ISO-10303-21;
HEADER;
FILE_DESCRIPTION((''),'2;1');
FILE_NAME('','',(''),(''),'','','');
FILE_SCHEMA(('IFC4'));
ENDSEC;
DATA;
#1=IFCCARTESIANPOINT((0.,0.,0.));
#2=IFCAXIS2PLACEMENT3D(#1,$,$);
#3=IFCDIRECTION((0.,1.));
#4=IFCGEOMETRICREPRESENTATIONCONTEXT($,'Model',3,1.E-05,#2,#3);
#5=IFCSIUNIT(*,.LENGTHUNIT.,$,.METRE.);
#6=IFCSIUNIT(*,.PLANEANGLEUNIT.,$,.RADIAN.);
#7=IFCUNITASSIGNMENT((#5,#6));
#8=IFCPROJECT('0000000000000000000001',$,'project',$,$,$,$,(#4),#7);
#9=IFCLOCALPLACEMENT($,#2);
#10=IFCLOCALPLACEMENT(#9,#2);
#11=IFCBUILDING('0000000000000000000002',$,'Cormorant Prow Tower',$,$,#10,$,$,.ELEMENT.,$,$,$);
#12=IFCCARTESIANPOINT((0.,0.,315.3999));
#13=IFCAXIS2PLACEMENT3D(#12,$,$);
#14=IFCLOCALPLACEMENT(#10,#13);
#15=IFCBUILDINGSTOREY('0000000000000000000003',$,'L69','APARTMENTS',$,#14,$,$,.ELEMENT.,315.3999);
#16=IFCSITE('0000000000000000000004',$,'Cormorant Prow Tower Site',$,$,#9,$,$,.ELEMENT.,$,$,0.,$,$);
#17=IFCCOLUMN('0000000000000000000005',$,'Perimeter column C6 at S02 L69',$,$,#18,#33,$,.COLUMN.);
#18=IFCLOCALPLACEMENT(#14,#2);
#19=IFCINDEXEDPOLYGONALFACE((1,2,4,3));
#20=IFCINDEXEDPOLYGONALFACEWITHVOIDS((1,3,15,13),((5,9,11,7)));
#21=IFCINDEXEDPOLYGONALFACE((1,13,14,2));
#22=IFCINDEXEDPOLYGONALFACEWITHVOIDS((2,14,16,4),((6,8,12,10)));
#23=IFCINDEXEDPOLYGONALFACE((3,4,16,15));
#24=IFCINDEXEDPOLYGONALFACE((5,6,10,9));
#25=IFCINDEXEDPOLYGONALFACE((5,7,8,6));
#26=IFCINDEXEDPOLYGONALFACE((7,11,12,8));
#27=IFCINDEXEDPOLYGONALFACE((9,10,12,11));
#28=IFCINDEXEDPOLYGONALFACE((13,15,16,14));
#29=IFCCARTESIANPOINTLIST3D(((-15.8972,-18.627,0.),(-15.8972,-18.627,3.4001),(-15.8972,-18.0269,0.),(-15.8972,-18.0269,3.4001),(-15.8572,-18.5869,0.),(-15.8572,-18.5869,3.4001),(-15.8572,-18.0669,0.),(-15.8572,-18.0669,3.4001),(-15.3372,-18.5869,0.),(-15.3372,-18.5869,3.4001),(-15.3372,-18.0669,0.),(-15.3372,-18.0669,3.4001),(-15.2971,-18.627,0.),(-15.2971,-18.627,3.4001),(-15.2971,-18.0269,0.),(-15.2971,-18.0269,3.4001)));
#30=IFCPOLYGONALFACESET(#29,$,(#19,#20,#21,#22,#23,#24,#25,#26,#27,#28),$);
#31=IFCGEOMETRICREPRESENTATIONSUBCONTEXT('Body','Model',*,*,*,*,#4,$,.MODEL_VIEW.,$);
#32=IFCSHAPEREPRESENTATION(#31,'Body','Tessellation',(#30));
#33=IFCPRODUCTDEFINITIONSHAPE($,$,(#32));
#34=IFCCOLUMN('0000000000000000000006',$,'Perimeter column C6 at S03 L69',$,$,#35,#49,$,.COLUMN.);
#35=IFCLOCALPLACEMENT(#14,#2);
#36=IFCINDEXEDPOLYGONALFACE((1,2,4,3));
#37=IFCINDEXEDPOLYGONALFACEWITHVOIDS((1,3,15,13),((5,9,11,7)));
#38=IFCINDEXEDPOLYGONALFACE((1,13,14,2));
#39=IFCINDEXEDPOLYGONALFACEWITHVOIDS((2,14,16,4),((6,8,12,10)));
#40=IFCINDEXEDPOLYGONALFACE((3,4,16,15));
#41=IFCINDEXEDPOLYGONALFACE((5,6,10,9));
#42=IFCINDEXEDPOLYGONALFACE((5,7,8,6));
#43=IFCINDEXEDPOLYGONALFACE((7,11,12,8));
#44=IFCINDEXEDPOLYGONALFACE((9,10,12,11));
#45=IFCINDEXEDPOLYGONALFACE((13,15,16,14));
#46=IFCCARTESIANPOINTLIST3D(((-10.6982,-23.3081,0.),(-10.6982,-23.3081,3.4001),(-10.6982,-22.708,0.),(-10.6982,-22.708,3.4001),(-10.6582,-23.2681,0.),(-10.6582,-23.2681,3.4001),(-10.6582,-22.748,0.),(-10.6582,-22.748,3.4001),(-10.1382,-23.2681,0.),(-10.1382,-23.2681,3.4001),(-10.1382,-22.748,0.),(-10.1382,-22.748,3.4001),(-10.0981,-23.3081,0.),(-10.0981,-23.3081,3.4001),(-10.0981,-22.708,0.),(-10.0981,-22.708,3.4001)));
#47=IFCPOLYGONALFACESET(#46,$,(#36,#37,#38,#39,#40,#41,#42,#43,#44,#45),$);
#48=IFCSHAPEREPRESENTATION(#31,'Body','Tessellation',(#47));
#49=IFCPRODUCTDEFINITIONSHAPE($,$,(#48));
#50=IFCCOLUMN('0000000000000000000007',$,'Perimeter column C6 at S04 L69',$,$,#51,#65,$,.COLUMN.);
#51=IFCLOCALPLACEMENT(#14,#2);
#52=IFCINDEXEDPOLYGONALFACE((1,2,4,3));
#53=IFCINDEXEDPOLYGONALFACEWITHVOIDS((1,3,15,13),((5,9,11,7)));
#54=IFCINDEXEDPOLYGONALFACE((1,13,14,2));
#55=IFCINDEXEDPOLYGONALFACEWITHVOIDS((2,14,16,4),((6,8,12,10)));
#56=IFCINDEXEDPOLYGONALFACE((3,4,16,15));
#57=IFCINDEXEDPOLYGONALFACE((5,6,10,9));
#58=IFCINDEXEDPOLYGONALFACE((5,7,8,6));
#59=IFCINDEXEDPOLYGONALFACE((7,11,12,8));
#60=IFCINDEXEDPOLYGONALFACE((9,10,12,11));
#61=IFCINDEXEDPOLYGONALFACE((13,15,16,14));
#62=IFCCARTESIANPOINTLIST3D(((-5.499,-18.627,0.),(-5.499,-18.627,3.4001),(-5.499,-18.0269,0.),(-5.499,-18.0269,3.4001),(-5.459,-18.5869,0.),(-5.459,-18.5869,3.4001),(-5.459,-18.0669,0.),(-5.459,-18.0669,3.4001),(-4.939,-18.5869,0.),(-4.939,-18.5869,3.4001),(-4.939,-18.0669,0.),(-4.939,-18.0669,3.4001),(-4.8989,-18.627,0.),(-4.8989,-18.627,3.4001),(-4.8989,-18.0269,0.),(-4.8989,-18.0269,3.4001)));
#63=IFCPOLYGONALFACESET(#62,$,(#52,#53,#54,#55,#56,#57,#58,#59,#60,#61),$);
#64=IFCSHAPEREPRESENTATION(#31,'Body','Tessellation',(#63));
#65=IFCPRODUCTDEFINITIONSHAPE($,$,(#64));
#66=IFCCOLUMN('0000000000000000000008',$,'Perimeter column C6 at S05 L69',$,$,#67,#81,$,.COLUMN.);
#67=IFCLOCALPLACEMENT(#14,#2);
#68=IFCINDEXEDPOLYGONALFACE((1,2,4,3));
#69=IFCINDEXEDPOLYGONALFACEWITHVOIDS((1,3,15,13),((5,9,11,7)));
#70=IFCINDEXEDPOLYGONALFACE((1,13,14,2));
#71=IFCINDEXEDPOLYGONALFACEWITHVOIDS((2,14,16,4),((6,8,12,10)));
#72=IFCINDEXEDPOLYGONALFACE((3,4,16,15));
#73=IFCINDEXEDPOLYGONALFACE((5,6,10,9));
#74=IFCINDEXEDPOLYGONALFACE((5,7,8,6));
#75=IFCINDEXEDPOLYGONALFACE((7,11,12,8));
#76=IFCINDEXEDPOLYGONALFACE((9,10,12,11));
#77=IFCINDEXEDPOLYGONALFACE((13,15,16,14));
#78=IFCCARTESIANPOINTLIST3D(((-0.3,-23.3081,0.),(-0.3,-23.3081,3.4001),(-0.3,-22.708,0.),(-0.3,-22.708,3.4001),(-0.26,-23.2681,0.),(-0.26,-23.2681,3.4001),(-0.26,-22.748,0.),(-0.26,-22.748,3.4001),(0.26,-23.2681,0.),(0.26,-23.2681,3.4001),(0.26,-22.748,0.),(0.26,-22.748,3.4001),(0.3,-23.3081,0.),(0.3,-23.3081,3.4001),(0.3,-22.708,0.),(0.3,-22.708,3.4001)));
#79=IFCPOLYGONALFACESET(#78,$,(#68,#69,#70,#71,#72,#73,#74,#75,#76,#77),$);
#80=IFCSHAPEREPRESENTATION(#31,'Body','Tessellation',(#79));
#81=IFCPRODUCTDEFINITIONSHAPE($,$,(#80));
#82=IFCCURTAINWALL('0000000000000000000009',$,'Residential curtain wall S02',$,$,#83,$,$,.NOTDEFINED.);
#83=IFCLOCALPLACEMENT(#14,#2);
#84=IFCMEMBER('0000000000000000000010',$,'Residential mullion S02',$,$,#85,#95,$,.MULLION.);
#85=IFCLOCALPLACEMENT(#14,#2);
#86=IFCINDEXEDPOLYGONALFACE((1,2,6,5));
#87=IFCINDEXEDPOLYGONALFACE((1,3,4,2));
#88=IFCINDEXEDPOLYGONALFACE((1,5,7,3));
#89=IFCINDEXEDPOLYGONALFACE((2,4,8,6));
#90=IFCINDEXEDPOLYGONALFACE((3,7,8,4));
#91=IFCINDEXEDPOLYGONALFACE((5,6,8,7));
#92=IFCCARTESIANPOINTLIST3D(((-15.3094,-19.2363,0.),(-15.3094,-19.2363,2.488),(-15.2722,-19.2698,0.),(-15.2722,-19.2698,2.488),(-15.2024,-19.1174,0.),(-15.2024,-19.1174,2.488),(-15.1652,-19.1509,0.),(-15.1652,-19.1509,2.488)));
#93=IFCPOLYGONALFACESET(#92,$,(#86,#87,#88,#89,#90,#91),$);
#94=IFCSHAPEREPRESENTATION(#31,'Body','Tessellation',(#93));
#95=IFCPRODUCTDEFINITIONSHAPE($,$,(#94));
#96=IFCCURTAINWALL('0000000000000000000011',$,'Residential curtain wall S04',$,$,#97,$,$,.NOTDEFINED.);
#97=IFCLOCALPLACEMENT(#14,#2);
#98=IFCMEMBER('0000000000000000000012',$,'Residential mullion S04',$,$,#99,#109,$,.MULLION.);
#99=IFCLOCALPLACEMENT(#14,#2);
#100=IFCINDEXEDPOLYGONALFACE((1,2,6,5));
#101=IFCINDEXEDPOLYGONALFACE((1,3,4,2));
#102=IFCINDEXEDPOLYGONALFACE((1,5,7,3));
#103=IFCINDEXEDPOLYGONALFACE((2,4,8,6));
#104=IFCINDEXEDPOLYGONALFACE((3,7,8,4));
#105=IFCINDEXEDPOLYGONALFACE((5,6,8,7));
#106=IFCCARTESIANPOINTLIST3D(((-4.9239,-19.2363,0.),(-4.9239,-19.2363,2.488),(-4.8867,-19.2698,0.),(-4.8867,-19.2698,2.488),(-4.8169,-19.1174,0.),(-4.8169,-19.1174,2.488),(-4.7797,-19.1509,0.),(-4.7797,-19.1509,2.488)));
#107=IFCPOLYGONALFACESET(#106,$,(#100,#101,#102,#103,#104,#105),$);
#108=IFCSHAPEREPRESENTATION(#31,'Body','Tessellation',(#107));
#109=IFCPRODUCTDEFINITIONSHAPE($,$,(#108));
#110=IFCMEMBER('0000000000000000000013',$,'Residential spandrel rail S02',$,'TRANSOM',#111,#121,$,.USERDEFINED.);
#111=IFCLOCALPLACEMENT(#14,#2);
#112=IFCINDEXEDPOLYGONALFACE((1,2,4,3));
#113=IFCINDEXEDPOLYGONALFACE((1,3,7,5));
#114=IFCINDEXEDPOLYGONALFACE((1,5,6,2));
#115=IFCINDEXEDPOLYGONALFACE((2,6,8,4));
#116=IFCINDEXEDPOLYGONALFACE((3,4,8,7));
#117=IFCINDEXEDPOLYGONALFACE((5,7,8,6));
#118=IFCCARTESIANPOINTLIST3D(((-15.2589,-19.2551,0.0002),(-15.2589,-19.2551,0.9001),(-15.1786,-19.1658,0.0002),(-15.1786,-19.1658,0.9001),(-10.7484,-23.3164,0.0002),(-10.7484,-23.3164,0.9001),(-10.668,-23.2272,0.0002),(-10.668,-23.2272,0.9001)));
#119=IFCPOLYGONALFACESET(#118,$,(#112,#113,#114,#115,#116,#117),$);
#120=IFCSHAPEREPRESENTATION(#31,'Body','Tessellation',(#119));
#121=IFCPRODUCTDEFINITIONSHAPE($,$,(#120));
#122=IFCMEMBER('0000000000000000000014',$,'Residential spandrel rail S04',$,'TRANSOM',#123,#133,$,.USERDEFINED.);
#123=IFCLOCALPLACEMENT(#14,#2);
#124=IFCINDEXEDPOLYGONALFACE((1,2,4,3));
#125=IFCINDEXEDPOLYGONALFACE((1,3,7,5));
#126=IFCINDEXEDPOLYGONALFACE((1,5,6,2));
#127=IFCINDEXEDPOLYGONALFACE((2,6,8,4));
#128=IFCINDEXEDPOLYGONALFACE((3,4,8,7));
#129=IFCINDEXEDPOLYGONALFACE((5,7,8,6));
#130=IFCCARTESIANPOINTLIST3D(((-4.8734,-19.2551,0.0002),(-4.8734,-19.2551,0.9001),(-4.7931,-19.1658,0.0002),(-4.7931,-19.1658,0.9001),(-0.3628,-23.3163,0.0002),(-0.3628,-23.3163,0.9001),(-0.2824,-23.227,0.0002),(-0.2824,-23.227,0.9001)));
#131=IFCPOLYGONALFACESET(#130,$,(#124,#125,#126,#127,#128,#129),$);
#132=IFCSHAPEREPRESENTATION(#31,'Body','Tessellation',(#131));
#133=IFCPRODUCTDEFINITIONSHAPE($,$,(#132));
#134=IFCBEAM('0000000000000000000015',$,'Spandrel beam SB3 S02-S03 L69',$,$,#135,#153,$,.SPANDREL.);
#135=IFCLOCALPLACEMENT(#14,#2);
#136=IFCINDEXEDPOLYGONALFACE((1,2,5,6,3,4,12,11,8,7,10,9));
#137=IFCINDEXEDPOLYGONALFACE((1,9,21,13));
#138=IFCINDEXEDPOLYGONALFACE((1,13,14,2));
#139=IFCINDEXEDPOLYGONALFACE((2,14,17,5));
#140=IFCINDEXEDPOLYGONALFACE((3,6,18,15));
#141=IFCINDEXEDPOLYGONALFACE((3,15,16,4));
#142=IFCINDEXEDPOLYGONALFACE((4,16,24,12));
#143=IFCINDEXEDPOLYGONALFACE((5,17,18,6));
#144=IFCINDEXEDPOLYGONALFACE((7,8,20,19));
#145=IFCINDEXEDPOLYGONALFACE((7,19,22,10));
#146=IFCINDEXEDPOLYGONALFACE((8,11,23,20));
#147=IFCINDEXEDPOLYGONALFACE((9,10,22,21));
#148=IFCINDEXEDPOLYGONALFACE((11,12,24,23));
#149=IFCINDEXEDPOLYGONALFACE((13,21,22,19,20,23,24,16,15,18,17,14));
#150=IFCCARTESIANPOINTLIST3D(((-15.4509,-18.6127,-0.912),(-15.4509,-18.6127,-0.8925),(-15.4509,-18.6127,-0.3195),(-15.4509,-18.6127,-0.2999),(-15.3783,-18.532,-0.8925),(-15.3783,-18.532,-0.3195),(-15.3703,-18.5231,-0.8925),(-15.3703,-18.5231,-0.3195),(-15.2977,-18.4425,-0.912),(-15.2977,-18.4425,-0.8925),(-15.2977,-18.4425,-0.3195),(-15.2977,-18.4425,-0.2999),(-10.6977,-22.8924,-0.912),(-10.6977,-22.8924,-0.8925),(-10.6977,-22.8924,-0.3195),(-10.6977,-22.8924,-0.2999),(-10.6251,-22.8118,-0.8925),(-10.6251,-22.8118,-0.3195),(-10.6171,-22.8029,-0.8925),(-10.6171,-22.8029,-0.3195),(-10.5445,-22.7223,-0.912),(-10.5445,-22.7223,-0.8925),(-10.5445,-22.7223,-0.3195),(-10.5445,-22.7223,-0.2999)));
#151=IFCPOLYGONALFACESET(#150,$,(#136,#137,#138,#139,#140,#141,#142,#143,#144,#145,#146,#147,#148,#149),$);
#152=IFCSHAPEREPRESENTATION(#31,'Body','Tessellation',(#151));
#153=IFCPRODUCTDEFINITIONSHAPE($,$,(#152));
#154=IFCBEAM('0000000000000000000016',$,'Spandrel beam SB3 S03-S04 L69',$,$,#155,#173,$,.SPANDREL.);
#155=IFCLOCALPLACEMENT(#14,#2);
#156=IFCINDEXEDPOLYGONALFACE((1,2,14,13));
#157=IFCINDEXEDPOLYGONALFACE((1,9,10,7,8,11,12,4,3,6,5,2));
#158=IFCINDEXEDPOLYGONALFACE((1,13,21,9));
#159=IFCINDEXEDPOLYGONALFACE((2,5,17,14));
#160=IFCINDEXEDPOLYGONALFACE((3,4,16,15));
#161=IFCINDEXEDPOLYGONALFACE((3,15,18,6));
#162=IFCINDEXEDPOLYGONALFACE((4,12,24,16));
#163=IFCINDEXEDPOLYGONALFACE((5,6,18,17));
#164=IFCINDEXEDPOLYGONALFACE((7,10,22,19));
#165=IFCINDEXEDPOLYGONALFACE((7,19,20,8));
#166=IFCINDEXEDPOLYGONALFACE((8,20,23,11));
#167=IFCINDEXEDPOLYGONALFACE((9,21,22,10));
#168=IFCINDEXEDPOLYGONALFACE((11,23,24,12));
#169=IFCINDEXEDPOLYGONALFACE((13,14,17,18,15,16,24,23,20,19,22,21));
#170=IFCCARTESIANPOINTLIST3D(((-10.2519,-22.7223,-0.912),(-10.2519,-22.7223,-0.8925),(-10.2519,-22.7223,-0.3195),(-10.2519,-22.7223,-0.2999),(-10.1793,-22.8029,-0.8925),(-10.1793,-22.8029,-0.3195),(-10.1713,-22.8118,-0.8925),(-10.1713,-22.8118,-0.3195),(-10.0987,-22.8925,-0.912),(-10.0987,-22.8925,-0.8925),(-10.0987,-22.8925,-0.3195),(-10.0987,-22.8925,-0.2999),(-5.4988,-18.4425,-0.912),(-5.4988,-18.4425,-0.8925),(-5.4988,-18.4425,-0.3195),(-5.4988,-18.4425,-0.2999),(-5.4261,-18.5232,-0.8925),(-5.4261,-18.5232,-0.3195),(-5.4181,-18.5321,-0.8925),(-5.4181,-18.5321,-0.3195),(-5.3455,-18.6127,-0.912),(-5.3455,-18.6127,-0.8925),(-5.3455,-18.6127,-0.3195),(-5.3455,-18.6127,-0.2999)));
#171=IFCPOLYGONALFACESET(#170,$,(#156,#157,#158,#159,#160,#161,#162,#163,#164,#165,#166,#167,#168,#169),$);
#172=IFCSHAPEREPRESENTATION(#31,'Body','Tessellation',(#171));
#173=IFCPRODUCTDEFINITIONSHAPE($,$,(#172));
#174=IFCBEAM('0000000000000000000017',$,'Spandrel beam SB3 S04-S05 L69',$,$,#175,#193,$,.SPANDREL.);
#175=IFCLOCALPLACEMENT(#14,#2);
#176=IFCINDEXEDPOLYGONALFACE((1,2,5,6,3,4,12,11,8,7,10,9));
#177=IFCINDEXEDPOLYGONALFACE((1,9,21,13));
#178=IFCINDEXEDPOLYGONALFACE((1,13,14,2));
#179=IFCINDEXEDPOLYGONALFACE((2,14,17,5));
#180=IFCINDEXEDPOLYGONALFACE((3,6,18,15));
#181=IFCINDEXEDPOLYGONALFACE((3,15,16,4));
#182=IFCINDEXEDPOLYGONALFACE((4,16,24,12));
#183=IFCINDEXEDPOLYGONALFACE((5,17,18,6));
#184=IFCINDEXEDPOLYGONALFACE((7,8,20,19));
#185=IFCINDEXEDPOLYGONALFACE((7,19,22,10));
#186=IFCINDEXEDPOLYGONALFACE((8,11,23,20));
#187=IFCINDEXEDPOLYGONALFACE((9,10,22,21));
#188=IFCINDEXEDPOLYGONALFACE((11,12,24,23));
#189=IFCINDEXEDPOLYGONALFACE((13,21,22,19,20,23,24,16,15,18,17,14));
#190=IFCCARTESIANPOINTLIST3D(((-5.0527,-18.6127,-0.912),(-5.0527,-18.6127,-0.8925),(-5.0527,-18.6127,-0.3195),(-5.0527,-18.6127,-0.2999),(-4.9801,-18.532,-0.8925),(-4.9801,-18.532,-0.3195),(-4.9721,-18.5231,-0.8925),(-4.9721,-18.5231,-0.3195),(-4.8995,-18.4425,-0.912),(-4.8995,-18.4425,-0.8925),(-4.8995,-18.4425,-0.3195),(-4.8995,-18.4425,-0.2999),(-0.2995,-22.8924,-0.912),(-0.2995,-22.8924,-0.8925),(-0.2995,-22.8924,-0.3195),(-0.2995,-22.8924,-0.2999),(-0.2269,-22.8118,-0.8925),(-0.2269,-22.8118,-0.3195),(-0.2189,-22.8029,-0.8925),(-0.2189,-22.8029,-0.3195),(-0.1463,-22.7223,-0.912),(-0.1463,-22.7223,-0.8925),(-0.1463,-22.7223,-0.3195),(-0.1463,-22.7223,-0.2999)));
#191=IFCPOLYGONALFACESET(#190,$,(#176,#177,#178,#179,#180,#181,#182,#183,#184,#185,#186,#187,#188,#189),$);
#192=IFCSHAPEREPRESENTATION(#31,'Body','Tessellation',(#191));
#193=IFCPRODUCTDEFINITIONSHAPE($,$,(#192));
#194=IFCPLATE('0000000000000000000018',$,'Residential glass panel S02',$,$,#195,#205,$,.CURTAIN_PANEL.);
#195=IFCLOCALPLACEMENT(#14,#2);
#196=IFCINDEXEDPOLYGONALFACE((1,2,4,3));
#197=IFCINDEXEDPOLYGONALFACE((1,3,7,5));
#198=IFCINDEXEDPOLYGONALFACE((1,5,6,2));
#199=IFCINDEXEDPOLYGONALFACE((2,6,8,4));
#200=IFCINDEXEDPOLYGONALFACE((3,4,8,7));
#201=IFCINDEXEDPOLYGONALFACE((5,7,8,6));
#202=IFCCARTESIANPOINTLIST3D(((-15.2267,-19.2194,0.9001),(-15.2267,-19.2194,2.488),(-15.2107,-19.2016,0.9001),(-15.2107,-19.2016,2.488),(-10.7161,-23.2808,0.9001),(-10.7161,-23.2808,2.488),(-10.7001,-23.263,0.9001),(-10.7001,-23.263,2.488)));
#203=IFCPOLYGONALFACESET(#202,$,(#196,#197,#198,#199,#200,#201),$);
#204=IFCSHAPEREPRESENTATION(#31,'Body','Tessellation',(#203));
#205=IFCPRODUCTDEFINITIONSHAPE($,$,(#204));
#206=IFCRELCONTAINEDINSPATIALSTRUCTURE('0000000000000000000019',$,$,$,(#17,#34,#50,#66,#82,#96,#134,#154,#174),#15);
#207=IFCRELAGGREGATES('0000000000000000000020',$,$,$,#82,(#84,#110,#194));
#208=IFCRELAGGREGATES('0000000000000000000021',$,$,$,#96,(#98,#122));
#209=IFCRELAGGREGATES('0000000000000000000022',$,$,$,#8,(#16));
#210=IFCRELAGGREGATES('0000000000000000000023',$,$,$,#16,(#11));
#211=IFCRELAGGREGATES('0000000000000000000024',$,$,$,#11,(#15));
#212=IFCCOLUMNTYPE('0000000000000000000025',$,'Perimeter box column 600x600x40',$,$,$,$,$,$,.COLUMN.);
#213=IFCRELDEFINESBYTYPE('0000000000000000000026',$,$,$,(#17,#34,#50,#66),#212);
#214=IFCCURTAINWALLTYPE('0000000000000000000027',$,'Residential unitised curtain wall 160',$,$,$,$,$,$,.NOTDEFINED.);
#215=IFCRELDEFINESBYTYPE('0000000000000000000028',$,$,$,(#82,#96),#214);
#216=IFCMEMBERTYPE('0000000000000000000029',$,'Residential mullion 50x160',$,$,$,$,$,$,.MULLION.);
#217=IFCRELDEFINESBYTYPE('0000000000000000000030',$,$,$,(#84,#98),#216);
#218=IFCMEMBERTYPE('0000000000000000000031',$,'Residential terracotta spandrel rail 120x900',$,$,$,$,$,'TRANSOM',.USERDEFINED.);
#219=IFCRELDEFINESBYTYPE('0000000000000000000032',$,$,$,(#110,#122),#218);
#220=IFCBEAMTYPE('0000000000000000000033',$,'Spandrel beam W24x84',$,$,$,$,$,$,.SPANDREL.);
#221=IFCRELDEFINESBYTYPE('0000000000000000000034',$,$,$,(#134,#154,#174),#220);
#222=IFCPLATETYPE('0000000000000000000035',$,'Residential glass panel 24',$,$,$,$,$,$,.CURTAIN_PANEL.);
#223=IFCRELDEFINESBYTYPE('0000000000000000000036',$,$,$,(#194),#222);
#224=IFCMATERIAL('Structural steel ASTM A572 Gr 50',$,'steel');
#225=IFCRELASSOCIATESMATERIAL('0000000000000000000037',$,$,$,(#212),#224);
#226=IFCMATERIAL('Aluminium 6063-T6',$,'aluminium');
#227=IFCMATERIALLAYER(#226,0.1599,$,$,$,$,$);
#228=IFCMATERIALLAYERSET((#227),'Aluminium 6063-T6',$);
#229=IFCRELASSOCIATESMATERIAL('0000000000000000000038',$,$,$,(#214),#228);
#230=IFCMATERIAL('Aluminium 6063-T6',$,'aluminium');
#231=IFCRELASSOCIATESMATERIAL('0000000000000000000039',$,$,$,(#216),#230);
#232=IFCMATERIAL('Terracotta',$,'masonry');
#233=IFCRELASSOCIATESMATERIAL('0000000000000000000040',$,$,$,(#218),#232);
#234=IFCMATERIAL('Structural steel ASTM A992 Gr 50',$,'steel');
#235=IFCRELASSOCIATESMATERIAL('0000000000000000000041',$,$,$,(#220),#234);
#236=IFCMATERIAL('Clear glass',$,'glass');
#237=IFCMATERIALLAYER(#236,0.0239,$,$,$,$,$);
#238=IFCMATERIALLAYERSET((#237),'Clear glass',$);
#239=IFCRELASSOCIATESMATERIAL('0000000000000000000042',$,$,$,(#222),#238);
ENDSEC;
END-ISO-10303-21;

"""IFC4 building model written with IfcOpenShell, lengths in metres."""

from ifc_helpers import new_model, si_unit, direction, frame, origin, origin_2d, place, context, subcontext, project, spatial, rectangle, hollow_rectangle, i_section, extrude, material, layer, layer_set, material_profile, profile_set, type_object, element, aggregate, save


model = new_model("IFC4")

# Units and contexts
model_context = context("Model", 3, precision=1e-05, world=origin(), true_north=direction((0.0, 1.0)))
body_context = subcontext(model_context, "Body", "Model", "MODEL_VIEW")
ifc_project = project(units=[si_unit("LENGTHUNIT", "METRE"), si_unit("PLANEANGLEUNIT", "RADIAN")], contexts=[model_context])

# Site, building, storey
site_placement = place(None, origin())
site = spatial("IfcSite", under=ifc_project, at=site_placement, Name="Cormorant Prow Tower Site", CompositionType="ELEMENT", RefElevation=0.0)
building_placement = place(site_placement, origin())
building = spatial("IfcBuilding", under=site, at=building_placement, Name="Cormorant Prow Tower", CompositionType="ELEMENT")
storey_placement = place(building_placement, frame((0.0, 0.0, 315.3999)))
storey = spatial("IfcBuildingStorey", under=building, at=storey_placement, Name="L69", Description="APARTMENTS", CompositionType="ELEMENT", Elevation=315.3999)

# Columns
ifc_material_1 = material(Name="Structural steel ASTM A572 Gr 50", Category="steel")
ifc_material_profile_1 = material_profile(ifc_material_1, hollow_rectangle(XDim=0.6001, YDim=0.6001, WallThickness=0.04, at=origin_2d()), Name="Box 600x600x40")
ifc_profile_set_1 = profile_set([ifc_material_profile_1], Name="Structural steel ASTM A572 Gr 50")
column_type = type_object("IfcColumnType", Name="Perimeter box column 600x600x40", PredefinedType="COLUMN", material=ifc_profile_set_1)
for number, where, z_axis, x_axis, name in (
    (1, (-15.5972, -18.3269, 0.0), (0.0, 0.0, 1.0), (1.0, 0.0, 0.0), "Perimeter column C6 at S02 L69"),
    (2, (-10.3982, -23.0081, 0.0), (0.0, 0.0, 1.0), (1.0, 0.0, 0.0), "Perimeter column C6 at S03 L69"),
    (3, (-5.199, -18.3269, 0.0), (0.0, 0.0, 1.0), (1.0, 0.0, 0.0), "Perimeter column C6 at S04 L69"),
    (4, (0.0, -23.0081, 0.0), (0.0, 0.0, 1.0), (1.0, 0.0, 0.0), "Perimeter column C6 at S05 L69"),
):
    element("IfcColumn", number, at=place(storey_placement, frame(where, z_axis=z_axis, x_axis=x_axis)), inside=storey, type_object=column_type, Name=name, PredefinedType="COLUMN", context=body_context, shape_type="SweptSolid", body=[
        extrude(hollow_rectangle(XDim=0.6001, YDim=0.6001, WallThickness=0.04, at=origin_2d()), origin(), (0.0, 0.0, 1.0), 3.4001),
    ])

# Curtain walls, members
ifc_material_2 = material(Name="Aluminium 6063-T6", Category="aluminium")
ifc_layer_1 = layer(ifc_material_2, 0.1599)
ifc_layer_set_1 = layer_set([ifc_layer_1], Name="Aluminium 6063-T6")
curtain_wall_type = type_object("IfcCurtainWallType", Name="Residential unitised curtain wall 160", PredefinedType="NOTDEFINED", material=ifc_layer_set_1)
curtain_wall_1_placement = place(storey_placement, origin())
curtain_wall_1 = element("IfcCurtainWall", 5, at=curtain_wall_1_placement, inside=storey, type_object=curtain_wall_type, Name="Residential curtain wall S02", PredefinedType="NOTDEFINED")
ifc_material_3 = material(Name="Aluminium 6063-T6", Category="aluminium")
ifc_material_profile_2 = material_profile(ifc_material_3, rectangle(XDim=0.1599, YDim=0.05, at=origin_2d()), Name="Residential mullion 50x160")
ifc_profile_set_2 = profile_set([ifc_material_profile_2], Name="Aluminium 6063-T6")
member_type_1 = type_object("IfcMemberType", Name="Residential mullion 50x160", PredefinedType="MULLION", material=ifc_profile_set_2)
member_1_placement = place(storey_placement, frame((-15.2373, -19.1936, 0.0), z_axis=(0.0, 0.0, 1.0), x_axis=(0.669131, 0.743145, 0.0)))
member_1 = element("IfcMember", 6, at=member_1_placement, type_object=member_type_1, Name="Residential mullion S02", PredefinedType="MULLION", context=body_context, shape_type="SweptSolid", body=[
    extrude(rectangle(XDim=0.1599, YDim=0.05, at=origin_2d()), origin(), (0.0, 0.0, 1.0), 2.488),
])
curtain_wall_2_placement = place(storey_placement, origin())
curtain_wall_2 = element("IfcCurtainWall", 7, at=curtain_wall_2_placement, inside=storey, type_object=curtain_wall_type, Name="Residential curtain wall S04", PredefinedType="NOTDEFINED")
member_2_placement = place(storey_placement, frame((-4.8518, -19.1936, 0.0), z_axis=(0.0, 0.0, 1.0), x_axis=(0.669131, 0.743145, 0.0)))
member_2 = element("IfcMember", 8, at=member_2_placement, type_object=member_type_1, Name="Residential mullion S04", PredefinedType="MULLION", context=body_context, shape_type="SweptSolid", body=[
    extrude(rectangle(XDim=0.1599, YDim=0.05, at=origin_2d()), origin(), (0.0, 0.0, 1.0), 2.488),
])

# Members
ifc_material_4 = material(Name="Terracotta", Category="masonry")
ifc_material_profile_3 = material_profile(ifc_material_4, rectangle(XDim=0.1201, YDim=0.8999, at=origin_2d()), Name="Residential terracotta spandrel rail 120x900")
ifc_profile_set_3 = profile_set([ifc_material_profile_3], Name="Terracotta")
member_type_2 = type_object("IfcMemberType", Name="Residential terracotta spandrel rail 120x900", ElementType="TRANSOM", PredefinedType="USERDEFINED", material=ifc_profile_set_3)
member_3_placement = place(storey_placement, frame((-15.2188, -19.2104, 0.4502), z_axis=(0.743144, -0.669131, 0.0), x_axis=(0.669131, 0.743144, 0.0)))
member_3 = element("IfcMember", 9, at=member_3_placement, type_object=member_type_2, Name="Residential spandrel rail S02", ObjectType="TRANSOM", PredefinedType="USERDEFINED", context=body_context, shape_type="SweptSolid", body=[
    extrude(rectangle(XDim=0.1201, YDim=0.8999, at=origin_2d()), origin(), (0.0, 0.0, 1.0), 6.0696),
])
member_4_placement = place(storey_placement, frame((-4.8333, -19.2104, 0.4502), z_axis=(0.743162, -0.669111, 0.0), x_axis=(0.669111, 0.743162, 0.0)))
member_4 = element("IfcMember", 10, at=member_4_placement, type_object=member_type_2, Name="Residential spandrel rail S04", ObjectType="TRANSOM", PredefinedType="USERDEFINED", context=body_context, shape_type="SweptSolid", body=[
    extrude(rectangle(XDim=0.1201, YDim=0.8999, at=origin_2d()), origin(), (0.0, 0.0, 1.0), 6.0696),
])

# Beams
ifc_material_5 = material(Name="Structural steel ASTM A992 Gr 50", Category="steel")
ifc_material_profile_4 = material_profile(ifc_material_5, i_section(OverallWidth=0.229, OverallDepth=0.6121, WebThickness=0.012, FlangeThickness=0.0195, at=origin_2d()), Name="W24x84")
ifc_profile_set_4 = profile_set([ifc_material_profile_4], Name="Structural steel ASTM A992 Gr 50")
beam_type = type_object("IfcBeamType", Name="Spandrel beam W24x84", PredefinedType="SPANDREL", material=ifc_profile_set_4)
for number, where, z_axis, x_axis, name in (
    (11, (-15.3743, -18.5276, -0.606), (0.743144, -0.669131, 0.0), (0.669131, 0.743144, 0.0), "Spandrel beam SB3 S02-S03 L69"),
    (12, (-10.1753, -22.8074, -0.606), (0.743144, 0.669131, 0.0), (-0.669131, 0.743144, 0.0), "Spandrel beam SB3 S03-S04 L69"),
    (13, (-4.9761, -18.5276, -0.606), (0.743144, -0.669131, 0.0), (0.669131, 0.743144, 0.0), "Spandrel beam SB3 S04-S05 L69"),
):
    element("IfcBeam", number, at=place(storey_placement, frame(where, z_axis=z_axis, x_axis=x_axis)), inside=storey, type_object=beam_type, Name=name, PredefinedType="SPANDREL", context=body_context, shape_type="SweptSolid", body=[
        extrude(i_section(OverallWidth=0.229, OverallDepth=0.6121, WebThickness=0.012, FlangeThickness=0.0195, at=origin_2d()), origin(), (0.0, 0.0, 1.0), 6.396),
    ])

# Plate
ifc_material_6 = material(Name="Clear glass", Category="glass")
ifc_layer_2 = layer(ifc_material_6, 0.0239)
ifc_layer_set_2 = layer_set([ifc_layer_2], Name="Clear glass")
plate_type = type_object("IfcPlateType", Name="Residential glass panel 24", PredefinedType="CURTAIN_PANEL", material=ifc_layer_set_2)
plate_1_placement = place(storey_placement, frame((-12.9634, -21.2412, 0.9001), z_axis=(0.0, 0.0, 1.0), x_axis=(0.743145, -0.669131, 0.0)))
plate_1 = element("IfcPlate", 14, at=plate_1_placement, type_object=plate_type, Name="Residential glass panel S02", PredefinedType="CURTAIN_PANEL", context=body_context, shape_type="SweptSolid", body=[
    extrude(rectangle(XDim=6.0696, YDim=0.0239, at=origin_2d()), origin(), (0.0, 0.0, 1.0), 1.5879),
])
aggregate(curtain_wall_1, [member_1, member_3, plate_1])
aggregate(curtain_wall_2, [member_2, member_4])

save(model, "model.ifc")
